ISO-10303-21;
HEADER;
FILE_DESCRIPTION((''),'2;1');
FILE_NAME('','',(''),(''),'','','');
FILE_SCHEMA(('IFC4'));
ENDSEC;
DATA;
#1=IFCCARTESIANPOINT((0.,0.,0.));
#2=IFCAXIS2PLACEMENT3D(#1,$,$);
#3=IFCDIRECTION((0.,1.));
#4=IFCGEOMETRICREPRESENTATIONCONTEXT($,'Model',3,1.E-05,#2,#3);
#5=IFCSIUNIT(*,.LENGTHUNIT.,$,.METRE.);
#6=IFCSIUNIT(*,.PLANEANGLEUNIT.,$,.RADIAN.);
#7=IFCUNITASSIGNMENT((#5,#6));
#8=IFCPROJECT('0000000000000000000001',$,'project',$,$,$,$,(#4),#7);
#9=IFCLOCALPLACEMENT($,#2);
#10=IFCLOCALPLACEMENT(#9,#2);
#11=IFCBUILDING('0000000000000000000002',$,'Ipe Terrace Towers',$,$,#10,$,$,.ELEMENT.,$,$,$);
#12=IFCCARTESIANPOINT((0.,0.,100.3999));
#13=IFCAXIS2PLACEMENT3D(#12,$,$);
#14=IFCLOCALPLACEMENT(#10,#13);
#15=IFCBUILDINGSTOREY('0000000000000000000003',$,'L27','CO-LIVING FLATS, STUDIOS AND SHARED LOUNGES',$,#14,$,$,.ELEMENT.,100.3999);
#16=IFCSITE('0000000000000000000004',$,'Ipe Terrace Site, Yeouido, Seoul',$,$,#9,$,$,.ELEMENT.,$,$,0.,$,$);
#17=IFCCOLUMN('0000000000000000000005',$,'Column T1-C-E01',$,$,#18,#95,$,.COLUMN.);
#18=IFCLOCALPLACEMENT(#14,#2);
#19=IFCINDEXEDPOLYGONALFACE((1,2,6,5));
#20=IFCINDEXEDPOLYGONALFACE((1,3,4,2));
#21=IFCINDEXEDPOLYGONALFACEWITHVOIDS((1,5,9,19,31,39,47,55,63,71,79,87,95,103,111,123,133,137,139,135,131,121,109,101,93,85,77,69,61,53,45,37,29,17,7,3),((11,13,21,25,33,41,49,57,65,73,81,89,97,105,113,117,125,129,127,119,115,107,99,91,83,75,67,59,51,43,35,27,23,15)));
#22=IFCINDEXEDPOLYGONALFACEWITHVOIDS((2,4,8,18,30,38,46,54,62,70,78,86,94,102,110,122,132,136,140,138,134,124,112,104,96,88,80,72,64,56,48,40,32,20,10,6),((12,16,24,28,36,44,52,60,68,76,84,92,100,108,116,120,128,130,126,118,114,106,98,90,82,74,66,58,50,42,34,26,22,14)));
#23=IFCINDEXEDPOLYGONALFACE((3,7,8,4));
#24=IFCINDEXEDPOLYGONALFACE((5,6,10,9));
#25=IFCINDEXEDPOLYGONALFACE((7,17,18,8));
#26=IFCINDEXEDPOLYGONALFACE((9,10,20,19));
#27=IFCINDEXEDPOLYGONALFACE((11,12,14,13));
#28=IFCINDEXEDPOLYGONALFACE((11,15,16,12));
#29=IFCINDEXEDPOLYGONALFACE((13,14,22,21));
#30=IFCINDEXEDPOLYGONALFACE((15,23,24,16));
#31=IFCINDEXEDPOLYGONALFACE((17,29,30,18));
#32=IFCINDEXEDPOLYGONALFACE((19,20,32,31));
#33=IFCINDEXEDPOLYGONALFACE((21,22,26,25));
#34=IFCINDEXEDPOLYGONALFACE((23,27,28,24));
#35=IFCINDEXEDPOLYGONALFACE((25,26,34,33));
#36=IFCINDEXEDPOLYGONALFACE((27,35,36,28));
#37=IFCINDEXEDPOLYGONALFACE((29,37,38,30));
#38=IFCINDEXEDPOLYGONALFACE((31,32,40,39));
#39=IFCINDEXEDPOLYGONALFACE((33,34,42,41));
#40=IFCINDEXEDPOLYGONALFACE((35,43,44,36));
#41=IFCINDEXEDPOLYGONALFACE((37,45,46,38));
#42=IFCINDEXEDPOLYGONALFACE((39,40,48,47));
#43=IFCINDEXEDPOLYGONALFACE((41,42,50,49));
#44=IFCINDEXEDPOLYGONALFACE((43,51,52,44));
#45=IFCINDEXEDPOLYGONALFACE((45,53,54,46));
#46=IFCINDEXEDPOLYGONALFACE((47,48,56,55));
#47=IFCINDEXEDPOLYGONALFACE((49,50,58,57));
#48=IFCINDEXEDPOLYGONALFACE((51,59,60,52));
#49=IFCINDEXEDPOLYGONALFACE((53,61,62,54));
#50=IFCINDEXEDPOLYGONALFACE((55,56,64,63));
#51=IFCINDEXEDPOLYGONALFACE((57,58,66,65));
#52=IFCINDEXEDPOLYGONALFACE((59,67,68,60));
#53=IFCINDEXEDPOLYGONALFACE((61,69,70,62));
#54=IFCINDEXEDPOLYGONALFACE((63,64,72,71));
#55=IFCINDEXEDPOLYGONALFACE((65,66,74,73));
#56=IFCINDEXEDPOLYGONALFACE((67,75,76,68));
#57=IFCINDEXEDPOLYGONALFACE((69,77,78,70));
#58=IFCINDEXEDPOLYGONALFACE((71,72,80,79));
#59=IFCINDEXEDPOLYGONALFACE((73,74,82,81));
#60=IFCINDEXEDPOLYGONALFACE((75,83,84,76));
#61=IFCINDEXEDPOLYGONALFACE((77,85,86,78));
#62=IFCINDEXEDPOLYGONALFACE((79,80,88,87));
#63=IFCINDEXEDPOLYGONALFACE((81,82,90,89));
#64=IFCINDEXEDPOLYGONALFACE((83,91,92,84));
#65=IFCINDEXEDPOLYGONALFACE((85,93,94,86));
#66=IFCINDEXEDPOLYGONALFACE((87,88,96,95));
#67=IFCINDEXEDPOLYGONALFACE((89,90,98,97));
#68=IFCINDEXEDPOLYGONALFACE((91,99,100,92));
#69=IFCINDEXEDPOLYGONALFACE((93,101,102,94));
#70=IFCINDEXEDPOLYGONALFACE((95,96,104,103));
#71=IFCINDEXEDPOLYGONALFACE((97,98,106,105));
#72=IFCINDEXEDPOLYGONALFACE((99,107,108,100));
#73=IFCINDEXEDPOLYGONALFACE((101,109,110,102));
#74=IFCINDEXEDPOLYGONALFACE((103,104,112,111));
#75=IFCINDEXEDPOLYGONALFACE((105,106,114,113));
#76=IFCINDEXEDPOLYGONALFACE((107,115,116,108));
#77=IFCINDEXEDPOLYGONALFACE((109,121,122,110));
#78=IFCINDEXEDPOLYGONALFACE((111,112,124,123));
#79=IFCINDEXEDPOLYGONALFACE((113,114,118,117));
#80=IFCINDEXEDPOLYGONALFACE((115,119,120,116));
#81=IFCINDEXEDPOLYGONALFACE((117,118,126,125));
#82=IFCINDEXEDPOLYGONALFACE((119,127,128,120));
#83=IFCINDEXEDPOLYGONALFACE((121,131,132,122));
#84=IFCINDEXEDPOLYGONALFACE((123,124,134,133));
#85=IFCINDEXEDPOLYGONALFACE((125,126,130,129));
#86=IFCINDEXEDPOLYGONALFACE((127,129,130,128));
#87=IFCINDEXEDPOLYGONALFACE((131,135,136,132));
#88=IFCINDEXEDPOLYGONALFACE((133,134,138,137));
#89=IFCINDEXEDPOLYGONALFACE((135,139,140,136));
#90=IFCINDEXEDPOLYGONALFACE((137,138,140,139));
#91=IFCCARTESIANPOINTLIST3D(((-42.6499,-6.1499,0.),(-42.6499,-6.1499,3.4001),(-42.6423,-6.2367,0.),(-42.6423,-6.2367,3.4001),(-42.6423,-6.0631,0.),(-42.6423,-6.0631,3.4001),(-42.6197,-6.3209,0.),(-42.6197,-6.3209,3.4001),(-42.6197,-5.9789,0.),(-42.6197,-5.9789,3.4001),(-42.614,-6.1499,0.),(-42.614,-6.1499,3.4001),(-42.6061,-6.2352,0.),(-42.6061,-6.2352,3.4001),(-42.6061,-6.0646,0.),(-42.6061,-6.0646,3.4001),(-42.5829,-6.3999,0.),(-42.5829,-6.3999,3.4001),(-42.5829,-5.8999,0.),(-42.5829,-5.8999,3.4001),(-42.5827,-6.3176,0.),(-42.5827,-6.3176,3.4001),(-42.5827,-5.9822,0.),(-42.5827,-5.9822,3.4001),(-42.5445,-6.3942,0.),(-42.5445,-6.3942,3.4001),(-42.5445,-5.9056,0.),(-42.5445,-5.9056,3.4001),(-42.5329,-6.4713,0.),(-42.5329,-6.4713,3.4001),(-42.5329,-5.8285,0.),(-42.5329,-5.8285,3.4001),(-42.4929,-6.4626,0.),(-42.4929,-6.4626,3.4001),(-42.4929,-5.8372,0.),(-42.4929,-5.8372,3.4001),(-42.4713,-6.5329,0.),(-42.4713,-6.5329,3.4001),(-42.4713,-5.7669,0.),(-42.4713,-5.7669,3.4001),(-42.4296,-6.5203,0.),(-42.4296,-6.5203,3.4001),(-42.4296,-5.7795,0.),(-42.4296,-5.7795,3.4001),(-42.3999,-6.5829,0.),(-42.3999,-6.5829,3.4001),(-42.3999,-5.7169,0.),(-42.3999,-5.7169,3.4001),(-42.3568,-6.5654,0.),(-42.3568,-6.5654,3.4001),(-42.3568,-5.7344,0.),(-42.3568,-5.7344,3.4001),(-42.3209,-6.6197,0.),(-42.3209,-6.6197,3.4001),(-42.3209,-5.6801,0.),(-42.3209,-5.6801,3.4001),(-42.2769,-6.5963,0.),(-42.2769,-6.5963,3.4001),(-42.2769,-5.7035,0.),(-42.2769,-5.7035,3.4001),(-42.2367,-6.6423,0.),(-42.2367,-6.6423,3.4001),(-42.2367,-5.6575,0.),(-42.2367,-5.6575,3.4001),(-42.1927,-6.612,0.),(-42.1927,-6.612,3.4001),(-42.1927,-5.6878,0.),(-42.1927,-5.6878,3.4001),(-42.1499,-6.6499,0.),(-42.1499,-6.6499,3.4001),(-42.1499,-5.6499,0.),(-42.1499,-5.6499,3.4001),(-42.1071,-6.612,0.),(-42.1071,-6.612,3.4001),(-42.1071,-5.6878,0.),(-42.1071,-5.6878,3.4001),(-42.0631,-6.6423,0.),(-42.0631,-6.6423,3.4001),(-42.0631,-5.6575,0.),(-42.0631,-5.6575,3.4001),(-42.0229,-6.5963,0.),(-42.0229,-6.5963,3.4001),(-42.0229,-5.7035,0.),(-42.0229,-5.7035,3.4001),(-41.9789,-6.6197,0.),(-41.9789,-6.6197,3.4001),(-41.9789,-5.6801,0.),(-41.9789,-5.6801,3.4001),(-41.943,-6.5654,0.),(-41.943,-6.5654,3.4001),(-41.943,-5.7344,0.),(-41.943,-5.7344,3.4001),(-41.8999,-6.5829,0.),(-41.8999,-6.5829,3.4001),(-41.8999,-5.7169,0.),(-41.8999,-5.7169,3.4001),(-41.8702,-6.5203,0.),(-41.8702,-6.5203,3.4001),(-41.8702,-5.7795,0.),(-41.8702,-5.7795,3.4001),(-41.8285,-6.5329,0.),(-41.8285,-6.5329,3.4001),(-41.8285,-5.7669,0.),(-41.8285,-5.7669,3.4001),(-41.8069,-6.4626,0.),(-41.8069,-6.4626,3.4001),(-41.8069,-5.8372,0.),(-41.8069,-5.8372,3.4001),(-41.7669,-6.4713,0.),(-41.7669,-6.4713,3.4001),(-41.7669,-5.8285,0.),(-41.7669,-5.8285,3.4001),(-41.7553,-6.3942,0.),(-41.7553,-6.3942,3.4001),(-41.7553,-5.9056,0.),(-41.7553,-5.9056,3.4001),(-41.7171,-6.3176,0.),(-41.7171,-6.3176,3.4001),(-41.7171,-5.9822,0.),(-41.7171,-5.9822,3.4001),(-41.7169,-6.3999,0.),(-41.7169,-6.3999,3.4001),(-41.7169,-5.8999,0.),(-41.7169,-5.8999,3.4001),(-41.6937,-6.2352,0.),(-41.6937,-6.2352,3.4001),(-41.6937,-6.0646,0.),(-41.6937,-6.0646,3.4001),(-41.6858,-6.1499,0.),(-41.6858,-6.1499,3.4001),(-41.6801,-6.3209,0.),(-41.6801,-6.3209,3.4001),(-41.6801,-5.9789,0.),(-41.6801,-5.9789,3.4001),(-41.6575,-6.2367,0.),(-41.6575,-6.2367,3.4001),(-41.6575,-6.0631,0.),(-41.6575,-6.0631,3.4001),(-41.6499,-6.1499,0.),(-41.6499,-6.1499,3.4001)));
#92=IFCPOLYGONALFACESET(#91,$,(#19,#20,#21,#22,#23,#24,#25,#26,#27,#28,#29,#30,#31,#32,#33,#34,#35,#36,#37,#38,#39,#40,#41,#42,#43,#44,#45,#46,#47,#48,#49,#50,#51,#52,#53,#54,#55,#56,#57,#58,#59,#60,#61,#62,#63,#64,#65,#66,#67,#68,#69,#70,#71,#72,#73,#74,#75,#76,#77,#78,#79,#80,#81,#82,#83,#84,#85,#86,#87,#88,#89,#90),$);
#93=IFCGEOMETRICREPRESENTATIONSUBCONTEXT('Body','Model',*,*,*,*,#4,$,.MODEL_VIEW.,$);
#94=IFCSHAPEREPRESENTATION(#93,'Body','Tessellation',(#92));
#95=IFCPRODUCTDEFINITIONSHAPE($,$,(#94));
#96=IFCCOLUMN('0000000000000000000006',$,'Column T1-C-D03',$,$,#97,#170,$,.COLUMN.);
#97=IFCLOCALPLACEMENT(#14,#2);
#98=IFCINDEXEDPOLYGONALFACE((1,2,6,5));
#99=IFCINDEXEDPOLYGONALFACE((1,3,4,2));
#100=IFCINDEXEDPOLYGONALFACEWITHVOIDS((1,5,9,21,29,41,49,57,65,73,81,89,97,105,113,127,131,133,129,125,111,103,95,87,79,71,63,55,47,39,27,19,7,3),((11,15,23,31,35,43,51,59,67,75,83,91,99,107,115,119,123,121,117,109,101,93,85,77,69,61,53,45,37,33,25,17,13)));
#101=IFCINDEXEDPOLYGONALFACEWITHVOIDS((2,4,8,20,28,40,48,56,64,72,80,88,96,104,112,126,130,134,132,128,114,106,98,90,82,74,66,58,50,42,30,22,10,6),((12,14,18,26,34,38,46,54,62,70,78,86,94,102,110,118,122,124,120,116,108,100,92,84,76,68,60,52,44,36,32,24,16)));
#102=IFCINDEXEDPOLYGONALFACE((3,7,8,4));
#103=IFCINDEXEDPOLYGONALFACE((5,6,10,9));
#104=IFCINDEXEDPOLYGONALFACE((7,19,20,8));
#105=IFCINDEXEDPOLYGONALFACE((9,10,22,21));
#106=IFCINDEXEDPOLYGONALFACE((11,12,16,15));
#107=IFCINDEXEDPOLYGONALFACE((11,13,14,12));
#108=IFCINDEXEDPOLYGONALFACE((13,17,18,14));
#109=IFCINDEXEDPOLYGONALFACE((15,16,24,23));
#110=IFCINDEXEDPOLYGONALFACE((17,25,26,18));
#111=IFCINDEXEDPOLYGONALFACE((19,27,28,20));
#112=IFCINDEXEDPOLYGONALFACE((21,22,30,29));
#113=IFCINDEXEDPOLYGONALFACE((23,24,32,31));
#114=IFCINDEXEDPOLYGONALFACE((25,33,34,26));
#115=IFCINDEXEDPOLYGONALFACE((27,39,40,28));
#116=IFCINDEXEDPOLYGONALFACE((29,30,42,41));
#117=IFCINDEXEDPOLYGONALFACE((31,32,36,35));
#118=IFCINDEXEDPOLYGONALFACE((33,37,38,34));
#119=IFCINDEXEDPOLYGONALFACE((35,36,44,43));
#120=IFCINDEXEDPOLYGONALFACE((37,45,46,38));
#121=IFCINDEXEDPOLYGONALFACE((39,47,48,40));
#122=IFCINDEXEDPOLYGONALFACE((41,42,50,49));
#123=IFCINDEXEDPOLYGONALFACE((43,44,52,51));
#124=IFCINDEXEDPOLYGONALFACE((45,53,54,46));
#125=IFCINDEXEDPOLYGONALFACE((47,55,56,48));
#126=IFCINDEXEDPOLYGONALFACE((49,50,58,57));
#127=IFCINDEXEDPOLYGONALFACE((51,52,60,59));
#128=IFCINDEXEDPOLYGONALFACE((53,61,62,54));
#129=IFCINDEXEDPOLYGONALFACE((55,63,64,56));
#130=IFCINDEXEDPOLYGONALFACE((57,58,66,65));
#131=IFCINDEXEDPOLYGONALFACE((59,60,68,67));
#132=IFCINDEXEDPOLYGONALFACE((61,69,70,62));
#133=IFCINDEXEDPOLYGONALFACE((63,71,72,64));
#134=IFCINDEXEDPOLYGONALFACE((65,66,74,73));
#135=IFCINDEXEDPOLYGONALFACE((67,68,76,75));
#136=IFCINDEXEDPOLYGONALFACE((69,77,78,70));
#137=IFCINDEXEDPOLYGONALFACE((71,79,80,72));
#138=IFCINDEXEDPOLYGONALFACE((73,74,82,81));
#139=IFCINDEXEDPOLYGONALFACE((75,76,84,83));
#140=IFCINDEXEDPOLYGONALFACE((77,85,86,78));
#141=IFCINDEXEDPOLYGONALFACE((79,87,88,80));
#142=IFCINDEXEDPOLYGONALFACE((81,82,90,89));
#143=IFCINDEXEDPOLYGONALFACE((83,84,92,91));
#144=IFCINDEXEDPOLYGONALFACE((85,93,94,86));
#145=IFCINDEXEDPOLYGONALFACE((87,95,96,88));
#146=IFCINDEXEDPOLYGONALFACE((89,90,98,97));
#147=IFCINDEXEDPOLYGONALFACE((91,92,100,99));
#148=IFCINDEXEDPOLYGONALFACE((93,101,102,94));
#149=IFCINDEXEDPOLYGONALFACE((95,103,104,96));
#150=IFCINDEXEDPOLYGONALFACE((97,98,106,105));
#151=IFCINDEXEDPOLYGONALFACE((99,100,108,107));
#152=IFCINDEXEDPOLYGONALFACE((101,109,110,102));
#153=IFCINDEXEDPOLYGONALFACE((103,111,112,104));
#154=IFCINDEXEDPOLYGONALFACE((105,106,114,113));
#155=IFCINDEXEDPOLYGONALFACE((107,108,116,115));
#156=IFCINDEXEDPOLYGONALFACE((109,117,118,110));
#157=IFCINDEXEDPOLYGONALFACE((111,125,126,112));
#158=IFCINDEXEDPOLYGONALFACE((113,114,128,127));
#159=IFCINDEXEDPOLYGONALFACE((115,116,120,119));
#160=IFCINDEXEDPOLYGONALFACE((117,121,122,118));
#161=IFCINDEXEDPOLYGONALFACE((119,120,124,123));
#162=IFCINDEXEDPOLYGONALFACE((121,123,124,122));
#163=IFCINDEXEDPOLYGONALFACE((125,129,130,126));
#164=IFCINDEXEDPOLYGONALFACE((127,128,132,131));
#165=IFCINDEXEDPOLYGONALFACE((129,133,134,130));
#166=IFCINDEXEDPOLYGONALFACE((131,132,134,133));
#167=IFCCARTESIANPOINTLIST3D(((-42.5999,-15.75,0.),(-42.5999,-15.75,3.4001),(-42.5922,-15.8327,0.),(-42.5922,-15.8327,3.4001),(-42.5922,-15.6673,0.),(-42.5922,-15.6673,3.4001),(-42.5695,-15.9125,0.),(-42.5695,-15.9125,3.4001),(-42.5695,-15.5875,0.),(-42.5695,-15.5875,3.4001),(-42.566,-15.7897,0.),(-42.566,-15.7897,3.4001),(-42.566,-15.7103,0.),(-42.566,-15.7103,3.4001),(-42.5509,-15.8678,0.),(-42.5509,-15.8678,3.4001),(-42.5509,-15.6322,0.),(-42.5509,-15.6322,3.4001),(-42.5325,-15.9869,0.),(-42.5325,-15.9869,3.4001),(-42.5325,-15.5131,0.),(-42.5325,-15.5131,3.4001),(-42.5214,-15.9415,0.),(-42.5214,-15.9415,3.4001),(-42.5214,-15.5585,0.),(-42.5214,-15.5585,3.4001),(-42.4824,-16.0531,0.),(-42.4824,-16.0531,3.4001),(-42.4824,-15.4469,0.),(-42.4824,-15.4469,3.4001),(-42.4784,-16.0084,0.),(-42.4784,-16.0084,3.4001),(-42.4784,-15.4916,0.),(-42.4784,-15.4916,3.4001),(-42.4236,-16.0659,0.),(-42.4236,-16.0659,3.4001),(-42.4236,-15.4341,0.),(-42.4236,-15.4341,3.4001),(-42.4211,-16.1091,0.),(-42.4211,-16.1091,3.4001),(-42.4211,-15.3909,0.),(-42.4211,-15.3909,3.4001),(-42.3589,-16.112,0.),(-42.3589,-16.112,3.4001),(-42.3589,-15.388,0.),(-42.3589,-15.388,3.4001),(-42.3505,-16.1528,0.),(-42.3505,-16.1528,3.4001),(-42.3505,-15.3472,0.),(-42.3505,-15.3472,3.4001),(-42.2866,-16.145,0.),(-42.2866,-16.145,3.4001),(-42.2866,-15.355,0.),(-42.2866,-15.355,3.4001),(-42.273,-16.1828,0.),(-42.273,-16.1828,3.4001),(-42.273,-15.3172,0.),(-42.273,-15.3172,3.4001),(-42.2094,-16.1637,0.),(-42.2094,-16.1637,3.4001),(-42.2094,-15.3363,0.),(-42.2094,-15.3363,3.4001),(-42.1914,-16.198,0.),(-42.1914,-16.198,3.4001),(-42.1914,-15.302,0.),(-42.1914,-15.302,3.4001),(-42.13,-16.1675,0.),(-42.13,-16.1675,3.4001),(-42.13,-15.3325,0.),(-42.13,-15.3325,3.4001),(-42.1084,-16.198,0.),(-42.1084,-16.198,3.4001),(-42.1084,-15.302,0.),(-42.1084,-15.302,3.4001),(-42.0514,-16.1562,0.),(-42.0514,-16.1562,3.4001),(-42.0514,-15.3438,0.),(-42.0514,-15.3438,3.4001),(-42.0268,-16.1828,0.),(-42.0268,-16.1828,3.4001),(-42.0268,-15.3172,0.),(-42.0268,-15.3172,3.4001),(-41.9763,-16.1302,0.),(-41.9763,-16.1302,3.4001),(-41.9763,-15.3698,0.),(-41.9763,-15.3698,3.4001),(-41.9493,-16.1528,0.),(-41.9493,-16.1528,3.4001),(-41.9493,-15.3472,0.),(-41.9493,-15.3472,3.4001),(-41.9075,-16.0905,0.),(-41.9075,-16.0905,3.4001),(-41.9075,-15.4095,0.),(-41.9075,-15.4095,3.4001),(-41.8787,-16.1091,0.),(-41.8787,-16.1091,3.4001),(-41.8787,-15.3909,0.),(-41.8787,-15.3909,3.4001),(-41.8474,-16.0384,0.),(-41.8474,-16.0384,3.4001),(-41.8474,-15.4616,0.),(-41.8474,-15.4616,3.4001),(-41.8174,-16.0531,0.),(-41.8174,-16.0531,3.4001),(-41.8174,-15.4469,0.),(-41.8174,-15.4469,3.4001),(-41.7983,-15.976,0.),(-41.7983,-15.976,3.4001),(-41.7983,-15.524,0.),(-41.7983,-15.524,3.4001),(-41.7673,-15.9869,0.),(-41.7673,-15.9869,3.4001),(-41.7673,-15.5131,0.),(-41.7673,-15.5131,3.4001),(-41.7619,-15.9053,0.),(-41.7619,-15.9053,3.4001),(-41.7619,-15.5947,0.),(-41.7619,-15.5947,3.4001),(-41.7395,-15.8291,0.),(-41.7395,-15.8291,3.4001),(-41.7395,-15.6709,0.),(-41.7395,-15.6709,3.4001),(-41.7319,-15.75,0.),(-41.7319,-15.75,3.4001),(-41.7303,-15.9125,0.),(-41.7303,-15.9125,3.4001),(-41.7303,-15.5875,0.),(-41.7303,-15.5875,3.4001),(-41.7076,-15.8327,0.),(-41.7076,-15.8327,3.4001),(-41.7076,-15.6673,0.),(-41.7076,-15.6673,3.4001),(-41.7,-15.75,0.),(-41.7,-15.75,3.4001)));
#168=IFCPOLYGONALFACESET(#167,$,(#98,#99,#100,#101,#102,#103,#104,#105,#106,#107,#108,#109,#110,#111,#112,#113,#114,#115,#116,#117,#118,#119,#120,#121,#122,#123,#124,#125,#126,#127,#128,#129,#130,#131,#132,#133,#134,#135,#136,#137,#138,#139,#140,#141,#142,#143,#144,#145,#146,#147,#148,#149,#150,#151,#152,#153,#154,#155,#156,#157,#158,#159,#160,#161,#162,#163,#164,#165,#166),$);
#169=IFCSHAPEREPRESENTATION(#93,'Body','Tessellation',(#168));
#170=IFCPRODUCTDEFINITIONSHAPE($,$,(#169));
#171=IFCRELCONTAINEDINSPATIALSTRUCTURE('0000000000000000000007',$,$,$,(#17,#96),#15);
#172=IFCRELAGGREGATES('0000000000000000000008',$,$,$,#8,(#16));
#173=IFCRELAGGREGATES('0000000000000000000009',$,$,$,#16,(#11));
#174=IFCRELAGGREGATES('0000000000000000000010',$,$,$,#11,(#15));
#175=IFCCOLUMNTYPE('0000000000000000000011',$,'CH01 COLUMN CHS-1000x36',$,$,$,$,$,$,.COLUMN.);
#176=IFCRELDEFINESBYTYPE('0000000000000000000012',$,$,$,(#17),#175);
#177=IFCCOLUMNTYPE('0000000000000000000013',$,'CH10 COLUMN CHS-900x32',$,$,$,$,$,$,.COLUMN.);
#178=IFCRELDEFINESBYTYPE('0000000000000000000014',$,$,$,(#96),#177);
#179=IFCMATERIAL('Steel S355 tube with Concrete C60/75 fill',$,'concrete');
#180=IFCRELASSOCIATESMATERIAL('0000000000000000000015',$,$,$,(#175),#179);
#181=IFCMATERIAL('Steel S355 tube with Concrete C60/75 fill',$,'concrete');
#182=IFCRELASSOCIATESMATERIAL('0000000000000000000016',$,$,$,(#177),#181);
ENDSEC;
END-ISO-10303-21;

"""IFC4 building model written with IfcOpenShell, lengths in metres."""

from ifc_helpers import new_model, si_unit, direction, frame, origin, origin_2d, place, context, subcontext, project, spatial, hollow_circle, extrude, material, material_profile, profile_set, type_object, element, save


model = new_model("IFC4")

# Units and contexts
model_context = context("Model", 3, precision=1e-05, world=origin(), true_north=direction((0.0, 1.0)))
body_context = subcontext(model_context, "Body", "Model", "MODEL_VIEW")
ifc_project = project(units=[si_unit("LENGTHUNIT", "METRE"), si_unit("PLANEANGLEUNIT", "RADIAN")], contexts=[model_context])

# Site, building, storey
site_placement = place(None, origin())
site = spatial("IfcSite", under=ifc_project, at=site_placement, Name="Ipe Terrace Site, Yeouido, Seoul", CompositionType="ELEMENT", RefElevation=0.0)
building_placement = place(site_placement, origin())
building = spatial("IfcBuilding", under=site, at=building_placement, Name="Ipe Terrace Towers", CompositionType="ELEMENT")
storey_placement = place(building_placement, frame((0.0, 0.0, 100.3999)))
storey = spatial("IfcBuildingStorey", under=building, at=storey_placement, Name="L27", Description="CO-LIVING FLATS, STUDIOS AND SHARED LOUNGES", CompositionType="ELEMENT", Elevation=100.3999)

# Columns
ifc_material_1 = material(Name="Steel S355 tube with Concrete C60/75 fill", Category="concrete")
ifc_material_profile_1 = material_profile(ifc_material_1, hollow_circle(Radius=0.5, WallThickness=0.0359, at=origin_2d()), Name="CHS-1000x36")
ifc_profile_set_1 = profile_set([ifc_material_profile_1], Name="Steel S355 tube with Concrete C60/75 fill")
column_type_1 = type_object("IfcColumnType", Name="CH01 COLUMN CHS-1000x36", PredefinedType="COLUMN", material=ifc_profile_set_1)
column_placement = place(storey_placement, frame((-42.1499, -6.1499, 0.0), z_axis=(0.0, 0.0, 1.0), x_axis=(1.0, 0.0, 0.0)))
element("IfcColumn", 1, at=column_placement, inside=storey, type_object=column_type_1, Name="Column T1-C-E01", PredefinedType="COLUMN", context=body_context, shape_type="SweptSolid", body=[
    extrude(hollow_circle(Radius=0.5, WallThickness=0.0359, at=origin_2d()), origin(), (0.0, 0.0, 1.0), 3.4001),
])
ifc_material_2 = material(Name="Steel S355 tube with Concrete C60/75 fill", Category="concrete")
ifc_material_profile_2 = material_profile(ifc_material_2, hollow_circle(Radius=0.45, WallThickness=0.032, at=origin_2d()), Name="CHS-900x32")
ifc_profile_set_2 = profile_set([ifc_material_profile_2], Name="Steel S355 tube with Concrete C60/75 fill")
column_type_2 = type_object("IfcColumnType", Name="CH10 COLUMN CHS-900x32", PredefinedType="COLUMN", material=ifc_profile_set_2)
for number, where, z_axis, x_axis, name in (
    (2, (-42.1499, -15.75, 0.0), (0.0, 0.0, 1.0), (1.0, 0.0, 0.0), "Column T1-C-D03"),
):
    element("IfcColumn", number, at=place(storey_placement, frame(where, z_axis=z_axis, x_axis=x_axis)), inside=storey, type_object=column_type_2, Name=name, PredefinedType="COLUMN", context=body_context, shape_type="SweptSolid", body=[
        extrude(hollow_circle(Radius=0.45, WallThickness=0.032, at=origin_2d()), origin(), (0.0, 0.0, 1.0), 3.4001),
    ])

save(model, "model.ifc")
